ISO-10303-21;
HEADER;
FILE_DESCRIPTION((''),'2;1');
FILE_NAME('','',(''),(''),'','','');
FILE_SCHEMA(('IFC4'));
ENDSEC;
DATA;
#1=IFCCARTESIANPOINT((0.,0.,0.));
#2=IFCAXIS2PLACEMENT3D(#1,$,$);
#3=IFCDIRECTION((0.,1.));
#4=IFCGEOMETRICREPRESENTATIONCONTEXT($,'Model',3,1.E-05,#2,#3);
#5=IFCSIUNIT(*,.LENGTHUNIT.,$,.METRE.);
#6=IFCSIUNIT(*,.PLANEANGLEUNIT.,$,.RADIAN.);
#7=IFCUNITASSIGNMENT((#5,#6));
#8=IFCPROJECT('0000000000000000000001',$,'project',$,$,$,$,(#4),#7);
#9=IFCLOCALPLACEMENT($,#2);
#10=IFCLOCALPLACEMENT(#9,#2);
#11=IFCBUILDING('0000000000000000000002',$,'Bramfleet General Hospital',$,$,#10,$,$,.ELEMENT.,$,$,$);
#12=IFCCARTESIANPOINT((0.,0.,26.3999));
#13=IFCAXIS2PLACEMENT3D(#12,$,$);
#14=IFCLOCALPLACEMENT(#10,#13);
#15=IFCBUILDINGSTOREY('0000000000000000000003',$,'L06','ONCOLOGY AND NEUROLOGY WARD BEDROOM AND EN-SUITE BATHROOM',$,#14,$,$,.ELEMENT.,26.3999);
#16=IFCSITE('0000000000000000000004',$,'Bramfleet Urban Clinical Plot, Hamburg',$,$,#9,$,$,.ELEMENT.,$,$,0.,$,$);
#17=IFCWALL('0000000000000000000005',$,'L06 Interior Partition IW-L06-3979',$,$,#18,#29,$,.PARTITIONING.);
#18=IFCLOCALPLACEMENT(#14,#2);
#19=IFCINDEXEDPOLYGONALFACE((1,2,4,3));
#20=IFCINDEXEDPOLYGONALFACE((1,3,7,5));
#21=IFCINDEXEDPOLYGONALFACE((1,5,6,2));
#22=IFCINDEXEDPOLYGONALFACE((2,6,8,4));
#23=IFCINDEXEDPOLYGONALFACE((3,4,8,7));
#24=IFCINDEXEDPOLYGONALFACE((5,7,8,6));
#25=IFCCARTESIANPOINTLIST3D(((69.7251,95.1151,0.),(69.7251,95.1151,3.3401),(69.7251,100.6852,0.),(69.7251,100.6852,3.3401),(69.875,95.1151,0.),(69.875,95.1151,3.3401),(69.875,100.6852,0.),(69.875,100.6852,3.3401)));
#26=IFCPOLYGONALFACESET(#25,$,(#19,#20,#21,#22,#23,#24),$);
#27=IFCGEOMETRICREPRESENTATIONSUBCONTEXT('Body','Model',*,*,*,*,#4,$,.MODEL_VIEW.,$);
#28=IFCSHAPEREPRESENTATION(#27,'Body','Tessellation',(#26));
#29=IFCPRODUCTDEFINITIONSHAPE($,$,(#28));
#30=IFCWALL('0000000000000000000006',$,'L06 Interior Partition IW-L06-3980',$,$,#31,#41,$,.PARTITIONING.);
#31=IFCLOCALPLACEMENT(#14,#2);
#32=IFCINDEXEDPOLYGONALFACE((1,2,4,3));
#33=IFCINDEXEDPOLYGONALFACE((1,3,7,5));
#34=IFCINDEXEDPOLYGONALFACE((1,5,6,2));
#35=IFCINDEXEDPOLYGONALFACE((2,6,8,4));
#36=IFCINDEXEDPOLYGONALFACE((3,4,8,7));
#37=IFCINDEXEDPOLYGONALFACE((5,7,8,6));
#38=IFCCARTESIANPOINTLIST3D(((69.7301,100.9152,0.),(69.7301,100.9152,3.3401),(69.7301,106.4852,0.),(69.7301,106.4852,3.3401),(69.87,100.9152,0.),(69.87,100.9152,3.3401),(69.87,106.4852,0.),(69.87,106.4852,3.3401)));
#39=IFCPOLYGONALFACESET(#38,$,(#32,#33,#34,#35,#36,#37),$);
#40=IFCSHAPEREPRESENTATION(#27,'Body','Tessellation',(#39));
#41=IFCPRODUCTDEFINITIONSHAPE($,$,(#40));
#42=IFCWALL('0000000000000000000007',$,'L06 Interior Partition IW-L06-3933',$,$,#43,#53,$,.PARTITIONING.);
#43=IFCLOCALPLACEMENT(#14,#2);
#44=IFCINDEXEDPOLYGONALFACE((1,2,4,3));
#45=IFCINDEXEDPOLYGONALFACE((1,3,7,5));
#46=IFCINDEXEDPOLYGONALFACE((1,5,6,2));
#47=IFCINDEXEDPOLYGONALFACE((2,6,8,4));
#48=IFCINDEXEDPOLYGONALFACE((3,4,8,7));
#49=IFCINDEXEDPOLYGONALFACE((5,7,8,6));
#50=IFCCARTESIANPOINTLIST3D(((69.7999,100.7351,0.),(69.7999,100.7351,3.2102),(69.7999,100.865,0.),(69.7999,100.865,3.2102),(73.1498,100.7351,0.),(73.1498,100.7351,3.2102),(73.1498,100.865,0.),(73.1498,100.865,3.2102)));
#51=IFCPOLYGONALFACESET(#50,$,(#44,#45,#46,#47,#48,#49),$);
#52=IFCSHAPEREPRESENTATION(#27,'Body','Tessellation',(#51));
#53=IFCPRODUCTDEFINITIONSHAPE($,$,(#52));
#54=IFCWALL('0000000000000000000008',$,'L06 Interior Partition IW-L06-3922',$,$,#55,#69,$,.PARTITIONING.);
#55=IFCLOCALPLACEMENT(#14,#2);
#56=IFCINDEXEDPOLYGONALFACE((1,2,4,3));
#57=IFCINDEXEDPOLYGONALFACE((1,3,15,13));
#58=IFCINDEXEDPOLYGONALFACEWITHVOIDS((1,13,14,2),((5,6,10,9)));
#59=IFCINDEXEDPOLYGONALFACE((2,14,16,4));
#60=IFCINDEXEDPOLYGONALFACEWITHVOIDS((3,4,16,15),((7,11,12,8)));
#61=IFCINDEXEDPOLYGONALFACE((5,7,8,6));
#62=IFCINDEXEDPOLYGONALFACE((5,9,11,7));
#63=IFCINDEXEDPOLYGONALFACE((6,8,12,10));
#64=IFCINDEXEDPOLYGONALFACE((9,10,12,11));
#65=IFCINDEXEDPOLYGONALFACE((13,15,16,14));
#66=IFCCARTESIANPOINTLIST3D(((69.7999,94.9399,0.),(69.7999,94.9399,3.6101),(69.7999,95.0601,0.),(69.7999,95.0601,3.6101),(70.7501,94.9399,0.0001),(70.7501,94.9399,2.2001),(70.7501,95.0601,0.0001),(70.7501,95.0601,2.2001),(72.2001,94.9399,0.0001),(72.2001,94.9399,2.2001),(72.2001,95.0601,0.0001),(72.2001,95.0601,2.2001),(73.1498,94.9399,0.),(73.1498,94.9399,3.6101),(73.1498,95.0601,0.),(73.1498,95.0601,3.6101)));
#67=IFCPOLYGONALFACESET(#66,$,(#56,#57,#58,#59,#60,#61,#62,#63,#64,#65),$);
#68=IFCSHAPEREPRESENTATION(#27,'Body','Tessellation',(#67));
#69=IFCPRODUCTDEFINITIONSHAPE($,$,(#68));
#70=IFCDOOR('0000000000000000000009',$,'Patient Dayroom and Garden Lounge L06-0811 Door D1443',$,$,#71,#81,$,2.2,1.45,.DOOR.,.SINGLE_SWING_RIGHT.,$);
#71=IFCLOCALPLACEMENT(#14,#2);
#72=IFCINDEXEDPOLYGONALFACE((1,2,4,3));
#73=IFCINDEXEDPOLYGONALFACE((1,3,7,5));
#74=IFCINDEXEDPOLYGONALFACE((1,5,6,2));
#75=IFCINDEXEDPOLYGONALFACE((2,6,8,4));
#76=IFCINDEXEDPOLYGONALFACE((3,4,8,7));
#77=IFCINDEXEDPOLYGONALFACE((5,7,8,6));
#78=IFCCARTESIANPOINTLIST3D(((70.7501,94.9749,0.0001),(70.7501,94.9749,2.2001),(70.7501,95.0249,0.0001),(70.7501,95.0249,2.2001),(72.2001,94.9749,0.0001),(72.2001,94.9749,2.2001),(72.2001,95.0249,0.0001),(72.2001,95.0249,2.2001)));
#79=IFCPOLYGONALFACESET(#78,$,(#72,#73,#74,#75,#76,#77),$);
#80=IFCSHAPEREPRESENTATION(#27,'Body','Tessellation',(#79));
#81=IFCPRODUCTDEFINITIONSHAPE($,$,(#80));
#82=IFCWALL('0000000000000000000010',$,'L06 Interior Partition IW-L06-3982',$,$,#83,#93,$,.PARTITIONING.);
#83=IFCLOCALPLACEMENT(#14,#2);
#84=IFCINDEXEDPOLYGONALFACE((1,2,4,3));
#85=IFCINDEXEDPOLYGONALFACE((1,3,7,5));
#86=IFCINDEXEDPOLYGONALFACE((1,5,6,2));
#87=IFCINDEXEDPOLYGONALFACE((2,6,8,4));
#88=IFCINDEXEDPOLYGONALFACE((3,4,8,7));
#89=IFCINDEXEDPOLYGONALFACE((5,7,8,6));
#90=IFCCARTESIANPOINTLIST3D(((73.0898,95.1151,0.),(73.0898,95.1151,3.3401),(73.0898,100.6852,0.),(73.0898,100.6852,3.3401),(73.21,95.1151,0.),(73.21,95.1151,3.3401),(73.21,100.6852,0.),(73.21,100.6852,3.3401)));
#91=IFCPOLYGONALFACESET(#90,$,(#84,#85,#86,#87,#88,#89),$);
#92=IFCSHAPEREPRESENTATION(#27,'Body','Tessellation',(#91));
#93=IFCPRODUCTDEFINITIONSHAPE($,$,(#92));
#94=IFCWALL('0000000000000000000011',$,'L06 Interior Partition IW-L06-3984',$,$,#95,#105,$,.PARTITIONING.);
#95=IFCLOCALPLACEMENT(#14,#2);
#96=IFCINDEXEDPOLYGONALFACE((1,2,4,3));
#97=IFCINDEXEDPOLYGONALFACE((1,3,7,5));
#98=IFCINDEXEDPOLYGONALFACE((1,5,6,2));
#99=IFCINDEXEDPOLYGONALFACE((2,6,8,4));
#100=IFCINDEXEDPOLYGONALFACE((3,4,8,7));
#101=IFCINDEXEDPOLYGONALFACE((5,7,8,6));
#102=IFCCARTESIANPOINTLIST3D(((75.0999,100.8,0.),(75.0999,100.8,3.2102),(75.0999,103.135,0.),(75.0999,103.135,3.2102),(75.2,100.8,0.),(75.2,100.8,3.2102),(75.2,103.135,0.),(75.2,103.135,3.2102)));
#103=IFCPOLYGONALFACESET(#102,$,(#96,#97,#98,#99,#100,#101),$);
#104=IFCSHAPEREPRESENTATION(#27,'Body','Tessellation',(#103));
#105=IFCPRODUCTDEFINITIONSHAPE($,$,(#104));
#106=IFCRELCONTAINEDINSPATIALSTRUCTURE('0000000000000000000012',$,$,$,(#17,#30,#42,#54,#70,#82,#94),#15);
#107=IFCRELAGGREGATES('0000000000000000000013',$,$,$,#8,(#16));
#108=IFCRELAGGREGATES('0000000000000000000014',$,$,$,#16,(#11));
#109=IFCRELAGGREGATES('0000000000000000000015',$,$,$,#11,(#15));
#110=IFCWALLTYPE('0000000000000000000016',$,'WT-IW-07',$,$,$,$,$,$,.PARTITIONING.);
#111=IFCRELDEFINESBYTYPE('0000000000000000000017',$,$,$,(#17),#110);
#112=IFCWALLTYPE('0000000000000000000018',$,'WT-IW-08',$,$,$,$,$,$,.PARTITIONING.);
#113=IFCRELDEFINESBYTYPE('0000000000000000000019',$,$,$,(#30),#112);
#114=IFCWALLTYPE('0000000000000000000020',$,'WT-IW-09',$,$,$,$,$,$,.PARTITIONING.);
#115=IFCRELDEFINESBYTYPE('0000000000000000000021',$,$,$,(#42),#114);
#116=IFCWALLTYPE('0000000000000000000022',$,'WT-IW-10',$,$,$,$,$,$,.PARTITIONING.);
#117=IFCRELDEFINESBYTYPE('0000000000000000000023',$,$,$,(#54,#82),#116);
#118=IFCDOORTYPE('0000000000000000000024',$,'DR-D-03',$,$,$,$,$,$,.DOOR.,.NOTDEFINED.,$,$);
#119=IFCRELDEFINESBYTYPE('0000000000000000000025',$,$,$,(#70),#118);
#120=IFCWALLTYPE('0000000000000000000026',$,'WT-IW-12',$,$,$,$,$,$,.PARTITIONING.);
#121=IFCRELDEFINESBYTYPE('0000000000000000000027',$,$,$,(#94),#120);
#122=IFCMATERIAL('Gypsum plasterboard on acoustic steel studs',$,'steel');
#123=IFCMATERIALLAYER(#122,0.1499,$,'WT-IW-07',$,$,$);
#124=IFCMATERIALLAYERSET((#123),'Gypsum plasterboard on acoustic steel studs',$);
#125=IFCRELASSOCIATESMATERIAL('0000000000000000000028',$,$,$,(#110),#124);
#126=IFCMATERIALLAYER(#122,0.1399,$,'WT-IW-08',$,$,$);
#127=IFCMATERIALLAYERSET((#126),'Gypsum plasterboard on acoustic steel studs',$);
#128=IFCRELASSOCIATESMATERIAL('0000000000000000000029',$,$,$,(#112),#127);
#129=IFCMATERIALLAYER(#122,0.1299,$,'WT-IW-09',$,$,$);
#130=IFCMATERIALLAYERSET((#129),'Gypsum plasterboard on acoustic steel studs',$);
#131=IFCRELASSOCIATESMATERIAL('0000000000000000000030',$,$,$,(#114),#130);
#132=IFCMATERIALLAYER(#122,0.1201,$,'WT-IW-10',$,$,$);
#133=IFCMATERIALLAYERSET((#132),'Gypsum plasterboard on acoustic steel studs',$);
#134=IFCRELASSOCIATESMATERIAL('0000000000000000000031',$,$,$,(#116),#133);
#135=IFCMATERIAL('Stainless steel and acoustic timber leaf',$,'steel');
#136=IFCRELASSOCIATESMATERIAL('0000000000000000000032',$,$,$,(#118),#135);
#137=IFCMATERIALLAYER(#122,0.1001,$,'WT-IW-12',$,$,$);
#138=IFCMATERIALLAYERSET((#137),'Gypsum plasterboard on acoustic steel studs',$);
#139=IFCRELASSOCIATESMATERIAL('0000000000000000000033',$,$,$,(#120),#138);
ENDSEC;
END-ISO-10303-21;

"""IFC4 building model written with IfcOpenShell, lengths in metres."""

from ifc_helpers import new_model, si_unit, direction, frame, frame_2d, origin, place, context, subcontext, project, spatial, rectangle, extrude, material, layer, layer_set, type_object, element, fill, save


model = new_model("IFC4")

# Units and contexts
model_context = context("Model", 3, precision=1e-05, world=origin(), true_north=direction((0.0, 1.0)))
body_context = subcontext(model_context, "Body", "Model", "MODEL_VIEW")
ifc_project = project(units=[si_unit("LENGTHUNIT", "METRE"), si_unit("PLANEANGLEUNIT", "RADIAN")], contexts=[model_context])

# Site, building, storey
site_placement = place(None, origin())
site = spatial("IfcSite", under=ifc_project, at=site_placement, Name="Bramfleet Urban Clinical Plot, Hamburg", CompositionType="ELEMENT", RefElevation=0.0)
building_placement = place(site_placement, origin())
building = spatial("IfcBuilding", under=site, at=building_placement, Name="Bramfleet General Hospital", CompositionType="ELEMENT")
storey_placement = place(building_placement, frame((0.0, 0.0, 26.3999)))
storey = spatial("IfcBuildingStorey", under=building, at=storey_placement, Name="L06", Description="ONCOLOGY AND NEUROLOGY WARD BEDROOM AND EN-SUITE BATHROOM", CompositionType="ELEMENT", Elevation=26.3999)

# Walls
ifc_material_1 = material(Name="Gypsum plasterboard on acoustic steel studs", Category="steel")
ifc_layer_1 = layer(ifc_material_1, 0.1499, Name="WT-IW-07")
ifc_layer_set_1 = layer_set([ifc_layer_1], Name="Gypsum plasterboard on acoustic steel studs")
wall_type_1 = type_object("IfcWallType", Name="WT-IW-07", PredefinedType="PARTITIONING", material=ifc_layer_set_1)
wall_1_placement = place(storey_placement, frame((69.8, 95.115, 0.0), z_axis=(0.0, 0.0, 1.0), x_axis=(0.0, 1.0, 0.0)))
element("IfcWall", 1, at=wall_1_placement, inside=storey, type_object=wall_type_1, Name="L06 Interior Partition IW-L06-3979", PredefinedType="PARTITIONING", context=body_context, shape_type="SweptSolid", body=[
    extrude(rectangle(XDim=5.5701, YDim=0.1499, at=frame_2d((2.7852, 0.0))), origin(), (0.0, 0.0, 1.0), 3.3401),
])
ifc_layer_2 = layer(ifc_material_1, 0.1399, Name="WT-IW-08")
ifc_layer_set_2 = layer_set([ifc_layer_2], Name="Gypsum plasterboard on acoustic steel studs")
wall_type_2 = type_object("IfcWallType", Name="WT-IW-08", PredefinedType="PARTITIONING", material=ifc_layer_set_2)
wall_2_placement = place(storey_placement, frame((69.8, 100.915, 0.0), z_axis=(0.0, 0.0, 1.0), x_axis=(0.0, 1.0, 0.0)))
element("IfcWall", 2, at=wall_2_placement, inside=storey, type_object=wall_type_2, Name="L06 Interior Partition IW-L06-3980", PredefinedType="PARTITIONING", context=body_context, shape_type="SweptSolid", body=[
    extrude(rectangle(XDim=5.5701, YDim=0.1399, at=frame_2d((2.7852, 0.0))), origin(), (0.0, 0.0, 1.0), 3.3401),
])
ifc_layer_3 = layer(ifc_material_1, 0.1299, Name="WT-IW-09")
ifc_layer_set_3 = layer_set([ifc_layer_3], Name="Gypsum plasterboard on acoustic steel studs")
wall_type_3 = type_object("IfcWallType", Name="WT-IW-09", PredefinedType="PARTITIONING", material=ifc_layer_set_3)
wall_3_placement = place(storey_placement, frame((69.8, 100.8, 0.0), z_axis=(0.0, 0.0, 1.0), x_axis=(1.0, 0.0, 0.0)))
element("IfcWall", 3, at=wall_3_placement, inside=storey, type_object=wall_type_3, Name="L06 Interior Partition IW-L06-3933", PredefinedType="PARTITIONING", context=body_context, shape_type="SweptSolid", body=[
    extrude(rectangle(XDim=3.3499, YDim=0.1299, at=frame_2d((1.6748, 0.0))), origin(), (0.0, 0.0, 1.0), 3.2102),
])

# Wall, opening, door
ifc_layer_4 = layer(ifc_material_1, 0.1201, Name="WT-IW-10")
ifc_layer_set_4 = layer_set([ifc_layer_4], Name="Gypsum plasterboard on acoustic steel studs")
wall_type_4 = type_object("IfcWallType", Name="WT-IW-10", PredefinedType="PARTITIONING", material=ifc_layer_set_4)
wall_4_placement = place(storey_placement, frame((69.8, 95.0, 0.0), z_axis=(0.0, 0.0, 1.0), x_axis=(1.0, 0.0, 0.0)))
wall_4 = element("IfcWall", 4, at=wall_4_placement, inside=storey, type_object=wall_type_4, Name="L06 Interior Partition IW-L06-3922", PredefinedType="PARTITIONING", context=body_context, shape_type="SweptSolid", body=[
    extrude(rectangle(XDim=3.3499, YDim=0.1201, at=frame_2d((1.6748, 0.0))), origin(), (0.0, 0.0, 1.0), 3.6101),
])
opening_1_placement = place(wall_4_placement, frame((0.95, 0.0, 0.0)))
opening_1 = element("IfcOpeningElement", 5, at=opening_1_placement, cuts=wall_4, PredefinedType="OPENING", context=body_context, shape_type="SweptSolid", body=[
    extrude(rectangle(XDim=1.45, YDim=2.2, at=frame_2d((0.7251, 1.1001))), frame((0.0, 0.0701, 0.0), z_axis=(0.0, -1.0, 0.0), x_axis=(1.0, 0.0, 0.0)), (0.0, 0.0, 1.0), 0.1401),
])
ifc_material_2 = material(Name="Stainless steel and acoustic timber leaf", Category="steel")
door_type_1 = type_object("IfcDoorType", Name="DR-D-03", OperationType="NOTDEFINED", PredefinedType="DOOR", material=ifc_material_2)
door_1_placement = place(opening_1_placement, origin())
door_1 = element("IfcDoor", 6, at=door_1_placement, inside=storey, type_object=door_type_1, Name="Patient Dayroom and Garden Lounge L06-0811 Door D1443", OperationType="SINGLE_SWING_RIGHT", OverallHeight=2.2, OverallWidth=1.45, PredefinedType="DOOR", context=body_context, shape_type="SweptSolid", body=[
    extrude(rectangle(XDim=1.45, YDim=2.2, at=frame_2d((0.7251, 1.1001))), frame((0.0, 0.0249, 0.0), z_axis=(0.0, -1.0, 0.0), x_axis=(1.0, 0.0, 0.0)), (0.0, 0.0, 1.0), 0.05),
])
fill(opening_1, door_1)

# Walls
wall_5_placement = place(storey_placement, frame((73.1499, 95.115, 0.0), z_axis=(0.0, 0.0, 1.0), x_axis=(0.0, 1.0, 0.0)))
element("IfcWall", 7, at=wall_5_placement, inside=storey, type_object=wall_type_4, Name="L06 Interior Partition IW-L06-3982", PredefinedType="PARTITIONING", context=body_context, shape_type="SweptSolid", body=[
    extrude(rectangle(XDim=5.5701, YDim=0.1201, at=frame_2d((2.7852, 0.0))), origin(), (0.0, 0.0, 1.0), 3.3401),
])
ifc_layer_5 = layer(ifc_material_1, 0.1001, Name="WT-IW-12")
ifc_layer_set_5 = layer_set([ifc_layer_5], Name="Gypsum plasterboard on acoustic steel studs")
wall_type_5 = type_object("IfcWallType", Name="WT-IW-12", PredefinedType="PARTITIONING", material=ifc_layer_set_5)
wall_6_placement = place(storey_placement, frame((75.1499, 100.8, 0.0), z_axis=(0.0, 0.0, 1.0), x_axis=(0.0, 1.0, 0.0)))
element("IfcWall", 8, at=wall_6_placement, inside=storey, type_object=wall_type_5, Name="L06 Interior Partition IW-L06-3984", PredefinedType="PARTITIONING", context=body_context, shape_type="SweptSolid", body=[
    extrude(rectangle(XDim=2.335, YDim=0.1001, at=frame_2d((1.1675, 0.0))), origin(), (0.0, 0.0, 1.0), 3.2102),
])

save(model, "model.ifc")
